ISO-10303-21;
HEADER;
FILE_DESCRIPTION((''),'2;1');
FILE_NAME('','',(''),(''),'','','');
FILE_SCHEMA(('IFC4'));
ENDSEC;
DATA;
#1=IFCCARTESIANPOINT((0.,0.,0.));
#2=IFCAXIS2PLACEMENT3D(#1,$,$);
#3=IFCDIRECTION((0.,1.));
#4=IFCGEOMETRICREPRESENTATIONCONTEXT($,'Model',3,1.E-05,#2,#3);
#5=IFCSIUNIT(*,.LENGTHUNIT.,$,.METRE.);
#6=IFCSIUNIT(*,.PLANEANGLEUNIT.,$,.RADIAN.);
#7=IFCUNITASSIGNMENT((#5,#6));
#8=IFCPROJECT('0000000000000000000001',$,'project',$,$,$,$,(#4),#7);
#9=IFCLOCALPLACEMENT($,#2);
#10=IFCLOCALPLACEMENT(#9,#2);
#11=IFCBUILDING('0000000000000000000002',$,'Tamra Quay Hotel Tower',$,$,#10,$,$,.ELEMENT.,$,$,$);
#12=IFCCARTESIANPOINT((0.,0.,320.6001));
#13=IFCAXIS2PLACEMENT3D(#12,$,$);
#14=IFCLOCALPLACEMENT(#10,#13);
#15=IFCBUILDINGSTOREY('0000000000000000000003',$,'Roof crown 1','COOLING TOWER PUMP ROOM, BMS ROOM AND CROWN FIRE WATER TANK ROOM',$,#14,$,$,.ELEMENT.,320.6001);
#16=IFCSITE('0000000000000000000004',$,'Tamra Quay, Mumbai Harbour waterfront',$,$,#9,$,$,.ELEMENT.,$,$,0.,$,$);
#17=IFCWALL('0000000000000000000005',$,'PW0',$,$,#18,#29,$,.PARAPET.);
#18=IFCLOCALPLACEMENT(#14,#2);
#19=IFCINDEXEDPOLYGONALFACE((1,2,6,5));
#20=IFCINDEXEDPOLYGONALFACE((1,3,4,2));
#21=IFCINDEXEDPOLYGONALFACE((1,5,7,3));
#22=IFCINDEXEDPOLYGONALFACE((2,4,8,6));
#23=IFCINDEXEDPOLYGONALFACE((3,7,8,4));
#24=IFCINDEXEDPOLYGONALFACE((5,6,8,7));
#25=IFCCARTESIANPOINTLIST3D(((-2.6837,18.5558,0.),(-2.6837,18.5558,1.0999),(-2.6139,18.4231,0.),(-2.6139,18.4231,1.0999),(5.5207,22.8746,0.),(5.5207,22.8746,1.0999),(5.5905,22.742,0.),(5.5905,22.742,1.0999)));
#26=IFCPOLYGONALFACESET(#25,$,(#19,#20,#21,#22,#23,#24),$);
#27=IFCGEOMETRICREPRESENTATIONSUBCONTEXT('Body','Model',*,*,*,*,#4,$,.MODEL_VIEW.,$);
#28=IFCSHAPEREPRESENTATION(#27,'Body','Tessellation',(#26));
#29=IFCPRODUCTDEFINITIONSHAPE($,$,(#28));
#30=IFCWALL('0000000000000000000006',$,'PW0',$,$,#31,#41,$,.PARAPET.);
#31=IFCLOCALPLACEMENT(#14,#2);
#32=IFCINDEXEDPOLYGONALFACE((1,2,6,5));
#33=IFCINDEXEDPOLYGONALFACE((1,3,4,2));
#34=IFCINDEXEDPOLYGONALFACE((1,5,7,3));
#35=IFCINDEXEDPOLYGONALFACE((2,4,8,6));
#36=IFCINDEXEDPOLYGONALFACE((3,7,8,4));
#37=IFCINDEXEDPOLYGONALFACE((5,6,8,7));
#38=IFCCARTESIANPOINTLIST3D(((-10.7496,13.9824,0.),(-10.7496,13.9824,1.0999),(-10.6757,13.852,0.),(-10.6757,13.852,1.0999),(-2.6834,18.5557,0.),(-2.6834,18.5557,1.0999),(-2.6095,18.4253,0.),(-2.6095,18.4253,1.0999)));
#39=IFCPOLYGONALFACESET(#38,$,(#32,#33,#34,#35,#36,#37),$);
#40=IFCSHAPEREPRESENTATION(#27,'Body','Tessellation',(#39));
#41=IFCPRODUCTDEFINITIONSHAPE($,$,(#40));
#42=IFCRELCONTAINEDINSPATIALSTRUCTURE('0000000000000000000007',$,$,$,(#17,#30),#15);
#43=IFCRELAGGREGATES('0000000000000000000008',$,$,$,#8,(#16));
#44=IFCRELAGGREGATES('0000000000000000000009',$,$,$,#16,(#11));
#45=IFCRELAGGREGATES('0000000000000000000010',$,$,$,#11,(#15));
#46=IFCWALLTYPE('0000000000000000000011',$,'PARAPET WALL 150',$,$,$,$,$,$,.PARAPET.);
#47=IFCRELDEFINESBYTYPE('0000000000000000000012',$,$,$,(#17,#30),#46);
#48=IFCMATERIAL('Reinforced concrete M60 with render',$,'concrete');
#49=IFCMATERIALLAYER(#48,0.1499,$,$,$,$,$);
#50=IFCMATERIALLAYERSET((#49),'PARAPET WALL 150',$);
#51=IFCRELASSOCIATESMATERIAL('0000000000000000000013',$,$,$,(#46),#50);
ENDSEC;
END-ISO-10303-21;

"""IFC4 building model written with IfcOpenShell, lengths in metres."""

from ifc_helpers import new_model, si_unit, direction, frame, frame_2d, origin, place, context, subcontext, project, spatial, rectangle, extrude, material, layer, layer_set, type_object, element, save


model = new_model("IFC4")

# Units and contexts
model_context = context("Model", 3, precision=1e-05, world=origin(), true_north=direction((0.0, 1.0)))
body_context = subcontext(model_context, "Body", "Model", "MODEL_VIEW")
ifc_project = project(units=[si_unit("LENGTHUNIT", "METRE"), si_unit("PLANEANGLEUNIT", "RADIAN")], contexts=[model_context])

# Site, building, storey
site_placement = place(None, origin())
site = spatial("IfcSite", under=ifc_project, at=site_placement, Name="Tamra Quay, Mumbai Harbour waterfront", CompositionType="ELEMENT", RefElevation=0.0)
building_placement = place(site_placement, origin())
building = spatial("IfcBuilding", under=site, at=building_placement, Name="Tamra Quay Hotel Tower", CompositionType="ELEMENT")
storey_placement = place(building_placement, frame((0.0, 0.0, 320.6001)))
storey = spatial("IfcBuildingStorey", under=building, at=storey_placement, Name="Roof crown 1", Description="COOLING TOWER PUMP ROOM, BMS ROOM AND CROWN FIRE WATER TANK ROOM", CompositionType="ELEMENT", Elevation=320.6001)

# Walls
ifc_material_1 = material(Name="Reinforced concrete M60 with render", Category="concrete")
ifc_layer_1 = layer(ifc_material_1, 0.1499)
ifc_layer_set_1 = layer_set([ifc_layer_1], Name="PARAPET WALL 150")
wall_type = type_object("IfcWallType", Name="PARAPET WALL 150", PredefinedType="PARAPET", material=ifc_layer_set_1)
wall_1_placement = place(storey_placement, frame((-2.6487, 18.4895, 0.0), z_axis=(0.0, 0.0, 1.0), x_axis=(0.884884, 0.465812, 0.0)))
element("IfcWall", 1, at=wall_1_placement, inside=storey, type_object=wall_type, Name="PW0", PredefinedType="PARAPET", context=body_context, shape_type="SweptSolid", body=[
    extrude(rectangle(XDim=9.2717, YDim=0.1499, at=frame_2d((4.6357, 0.0))), origin(), (0.0, 0.0, 1.0), 1.0999),
])
wall_2_placement = place(storey_placement, frame((-10.7126, 13.9172, 0.0), z_axis=(0.0, 0.0, 1.0), x_axis=(0.86991, 0.49321, 0.0)))
element("IfcWall", 2, at=wall_2_placement, inside=storey, type_object=wall_type, Name="PW0", PredefinedType="PARAPET", context=body_context, shape_type="SweptSolid", body=[
    extrude(rectangle(XDim=9.2725, YDim=0.1499, at=frame_2d((4.6362, 0.0))), origin(), (0.0, 0.0, 1.0), 1.0999),
])

save(model, "model.ifc")
